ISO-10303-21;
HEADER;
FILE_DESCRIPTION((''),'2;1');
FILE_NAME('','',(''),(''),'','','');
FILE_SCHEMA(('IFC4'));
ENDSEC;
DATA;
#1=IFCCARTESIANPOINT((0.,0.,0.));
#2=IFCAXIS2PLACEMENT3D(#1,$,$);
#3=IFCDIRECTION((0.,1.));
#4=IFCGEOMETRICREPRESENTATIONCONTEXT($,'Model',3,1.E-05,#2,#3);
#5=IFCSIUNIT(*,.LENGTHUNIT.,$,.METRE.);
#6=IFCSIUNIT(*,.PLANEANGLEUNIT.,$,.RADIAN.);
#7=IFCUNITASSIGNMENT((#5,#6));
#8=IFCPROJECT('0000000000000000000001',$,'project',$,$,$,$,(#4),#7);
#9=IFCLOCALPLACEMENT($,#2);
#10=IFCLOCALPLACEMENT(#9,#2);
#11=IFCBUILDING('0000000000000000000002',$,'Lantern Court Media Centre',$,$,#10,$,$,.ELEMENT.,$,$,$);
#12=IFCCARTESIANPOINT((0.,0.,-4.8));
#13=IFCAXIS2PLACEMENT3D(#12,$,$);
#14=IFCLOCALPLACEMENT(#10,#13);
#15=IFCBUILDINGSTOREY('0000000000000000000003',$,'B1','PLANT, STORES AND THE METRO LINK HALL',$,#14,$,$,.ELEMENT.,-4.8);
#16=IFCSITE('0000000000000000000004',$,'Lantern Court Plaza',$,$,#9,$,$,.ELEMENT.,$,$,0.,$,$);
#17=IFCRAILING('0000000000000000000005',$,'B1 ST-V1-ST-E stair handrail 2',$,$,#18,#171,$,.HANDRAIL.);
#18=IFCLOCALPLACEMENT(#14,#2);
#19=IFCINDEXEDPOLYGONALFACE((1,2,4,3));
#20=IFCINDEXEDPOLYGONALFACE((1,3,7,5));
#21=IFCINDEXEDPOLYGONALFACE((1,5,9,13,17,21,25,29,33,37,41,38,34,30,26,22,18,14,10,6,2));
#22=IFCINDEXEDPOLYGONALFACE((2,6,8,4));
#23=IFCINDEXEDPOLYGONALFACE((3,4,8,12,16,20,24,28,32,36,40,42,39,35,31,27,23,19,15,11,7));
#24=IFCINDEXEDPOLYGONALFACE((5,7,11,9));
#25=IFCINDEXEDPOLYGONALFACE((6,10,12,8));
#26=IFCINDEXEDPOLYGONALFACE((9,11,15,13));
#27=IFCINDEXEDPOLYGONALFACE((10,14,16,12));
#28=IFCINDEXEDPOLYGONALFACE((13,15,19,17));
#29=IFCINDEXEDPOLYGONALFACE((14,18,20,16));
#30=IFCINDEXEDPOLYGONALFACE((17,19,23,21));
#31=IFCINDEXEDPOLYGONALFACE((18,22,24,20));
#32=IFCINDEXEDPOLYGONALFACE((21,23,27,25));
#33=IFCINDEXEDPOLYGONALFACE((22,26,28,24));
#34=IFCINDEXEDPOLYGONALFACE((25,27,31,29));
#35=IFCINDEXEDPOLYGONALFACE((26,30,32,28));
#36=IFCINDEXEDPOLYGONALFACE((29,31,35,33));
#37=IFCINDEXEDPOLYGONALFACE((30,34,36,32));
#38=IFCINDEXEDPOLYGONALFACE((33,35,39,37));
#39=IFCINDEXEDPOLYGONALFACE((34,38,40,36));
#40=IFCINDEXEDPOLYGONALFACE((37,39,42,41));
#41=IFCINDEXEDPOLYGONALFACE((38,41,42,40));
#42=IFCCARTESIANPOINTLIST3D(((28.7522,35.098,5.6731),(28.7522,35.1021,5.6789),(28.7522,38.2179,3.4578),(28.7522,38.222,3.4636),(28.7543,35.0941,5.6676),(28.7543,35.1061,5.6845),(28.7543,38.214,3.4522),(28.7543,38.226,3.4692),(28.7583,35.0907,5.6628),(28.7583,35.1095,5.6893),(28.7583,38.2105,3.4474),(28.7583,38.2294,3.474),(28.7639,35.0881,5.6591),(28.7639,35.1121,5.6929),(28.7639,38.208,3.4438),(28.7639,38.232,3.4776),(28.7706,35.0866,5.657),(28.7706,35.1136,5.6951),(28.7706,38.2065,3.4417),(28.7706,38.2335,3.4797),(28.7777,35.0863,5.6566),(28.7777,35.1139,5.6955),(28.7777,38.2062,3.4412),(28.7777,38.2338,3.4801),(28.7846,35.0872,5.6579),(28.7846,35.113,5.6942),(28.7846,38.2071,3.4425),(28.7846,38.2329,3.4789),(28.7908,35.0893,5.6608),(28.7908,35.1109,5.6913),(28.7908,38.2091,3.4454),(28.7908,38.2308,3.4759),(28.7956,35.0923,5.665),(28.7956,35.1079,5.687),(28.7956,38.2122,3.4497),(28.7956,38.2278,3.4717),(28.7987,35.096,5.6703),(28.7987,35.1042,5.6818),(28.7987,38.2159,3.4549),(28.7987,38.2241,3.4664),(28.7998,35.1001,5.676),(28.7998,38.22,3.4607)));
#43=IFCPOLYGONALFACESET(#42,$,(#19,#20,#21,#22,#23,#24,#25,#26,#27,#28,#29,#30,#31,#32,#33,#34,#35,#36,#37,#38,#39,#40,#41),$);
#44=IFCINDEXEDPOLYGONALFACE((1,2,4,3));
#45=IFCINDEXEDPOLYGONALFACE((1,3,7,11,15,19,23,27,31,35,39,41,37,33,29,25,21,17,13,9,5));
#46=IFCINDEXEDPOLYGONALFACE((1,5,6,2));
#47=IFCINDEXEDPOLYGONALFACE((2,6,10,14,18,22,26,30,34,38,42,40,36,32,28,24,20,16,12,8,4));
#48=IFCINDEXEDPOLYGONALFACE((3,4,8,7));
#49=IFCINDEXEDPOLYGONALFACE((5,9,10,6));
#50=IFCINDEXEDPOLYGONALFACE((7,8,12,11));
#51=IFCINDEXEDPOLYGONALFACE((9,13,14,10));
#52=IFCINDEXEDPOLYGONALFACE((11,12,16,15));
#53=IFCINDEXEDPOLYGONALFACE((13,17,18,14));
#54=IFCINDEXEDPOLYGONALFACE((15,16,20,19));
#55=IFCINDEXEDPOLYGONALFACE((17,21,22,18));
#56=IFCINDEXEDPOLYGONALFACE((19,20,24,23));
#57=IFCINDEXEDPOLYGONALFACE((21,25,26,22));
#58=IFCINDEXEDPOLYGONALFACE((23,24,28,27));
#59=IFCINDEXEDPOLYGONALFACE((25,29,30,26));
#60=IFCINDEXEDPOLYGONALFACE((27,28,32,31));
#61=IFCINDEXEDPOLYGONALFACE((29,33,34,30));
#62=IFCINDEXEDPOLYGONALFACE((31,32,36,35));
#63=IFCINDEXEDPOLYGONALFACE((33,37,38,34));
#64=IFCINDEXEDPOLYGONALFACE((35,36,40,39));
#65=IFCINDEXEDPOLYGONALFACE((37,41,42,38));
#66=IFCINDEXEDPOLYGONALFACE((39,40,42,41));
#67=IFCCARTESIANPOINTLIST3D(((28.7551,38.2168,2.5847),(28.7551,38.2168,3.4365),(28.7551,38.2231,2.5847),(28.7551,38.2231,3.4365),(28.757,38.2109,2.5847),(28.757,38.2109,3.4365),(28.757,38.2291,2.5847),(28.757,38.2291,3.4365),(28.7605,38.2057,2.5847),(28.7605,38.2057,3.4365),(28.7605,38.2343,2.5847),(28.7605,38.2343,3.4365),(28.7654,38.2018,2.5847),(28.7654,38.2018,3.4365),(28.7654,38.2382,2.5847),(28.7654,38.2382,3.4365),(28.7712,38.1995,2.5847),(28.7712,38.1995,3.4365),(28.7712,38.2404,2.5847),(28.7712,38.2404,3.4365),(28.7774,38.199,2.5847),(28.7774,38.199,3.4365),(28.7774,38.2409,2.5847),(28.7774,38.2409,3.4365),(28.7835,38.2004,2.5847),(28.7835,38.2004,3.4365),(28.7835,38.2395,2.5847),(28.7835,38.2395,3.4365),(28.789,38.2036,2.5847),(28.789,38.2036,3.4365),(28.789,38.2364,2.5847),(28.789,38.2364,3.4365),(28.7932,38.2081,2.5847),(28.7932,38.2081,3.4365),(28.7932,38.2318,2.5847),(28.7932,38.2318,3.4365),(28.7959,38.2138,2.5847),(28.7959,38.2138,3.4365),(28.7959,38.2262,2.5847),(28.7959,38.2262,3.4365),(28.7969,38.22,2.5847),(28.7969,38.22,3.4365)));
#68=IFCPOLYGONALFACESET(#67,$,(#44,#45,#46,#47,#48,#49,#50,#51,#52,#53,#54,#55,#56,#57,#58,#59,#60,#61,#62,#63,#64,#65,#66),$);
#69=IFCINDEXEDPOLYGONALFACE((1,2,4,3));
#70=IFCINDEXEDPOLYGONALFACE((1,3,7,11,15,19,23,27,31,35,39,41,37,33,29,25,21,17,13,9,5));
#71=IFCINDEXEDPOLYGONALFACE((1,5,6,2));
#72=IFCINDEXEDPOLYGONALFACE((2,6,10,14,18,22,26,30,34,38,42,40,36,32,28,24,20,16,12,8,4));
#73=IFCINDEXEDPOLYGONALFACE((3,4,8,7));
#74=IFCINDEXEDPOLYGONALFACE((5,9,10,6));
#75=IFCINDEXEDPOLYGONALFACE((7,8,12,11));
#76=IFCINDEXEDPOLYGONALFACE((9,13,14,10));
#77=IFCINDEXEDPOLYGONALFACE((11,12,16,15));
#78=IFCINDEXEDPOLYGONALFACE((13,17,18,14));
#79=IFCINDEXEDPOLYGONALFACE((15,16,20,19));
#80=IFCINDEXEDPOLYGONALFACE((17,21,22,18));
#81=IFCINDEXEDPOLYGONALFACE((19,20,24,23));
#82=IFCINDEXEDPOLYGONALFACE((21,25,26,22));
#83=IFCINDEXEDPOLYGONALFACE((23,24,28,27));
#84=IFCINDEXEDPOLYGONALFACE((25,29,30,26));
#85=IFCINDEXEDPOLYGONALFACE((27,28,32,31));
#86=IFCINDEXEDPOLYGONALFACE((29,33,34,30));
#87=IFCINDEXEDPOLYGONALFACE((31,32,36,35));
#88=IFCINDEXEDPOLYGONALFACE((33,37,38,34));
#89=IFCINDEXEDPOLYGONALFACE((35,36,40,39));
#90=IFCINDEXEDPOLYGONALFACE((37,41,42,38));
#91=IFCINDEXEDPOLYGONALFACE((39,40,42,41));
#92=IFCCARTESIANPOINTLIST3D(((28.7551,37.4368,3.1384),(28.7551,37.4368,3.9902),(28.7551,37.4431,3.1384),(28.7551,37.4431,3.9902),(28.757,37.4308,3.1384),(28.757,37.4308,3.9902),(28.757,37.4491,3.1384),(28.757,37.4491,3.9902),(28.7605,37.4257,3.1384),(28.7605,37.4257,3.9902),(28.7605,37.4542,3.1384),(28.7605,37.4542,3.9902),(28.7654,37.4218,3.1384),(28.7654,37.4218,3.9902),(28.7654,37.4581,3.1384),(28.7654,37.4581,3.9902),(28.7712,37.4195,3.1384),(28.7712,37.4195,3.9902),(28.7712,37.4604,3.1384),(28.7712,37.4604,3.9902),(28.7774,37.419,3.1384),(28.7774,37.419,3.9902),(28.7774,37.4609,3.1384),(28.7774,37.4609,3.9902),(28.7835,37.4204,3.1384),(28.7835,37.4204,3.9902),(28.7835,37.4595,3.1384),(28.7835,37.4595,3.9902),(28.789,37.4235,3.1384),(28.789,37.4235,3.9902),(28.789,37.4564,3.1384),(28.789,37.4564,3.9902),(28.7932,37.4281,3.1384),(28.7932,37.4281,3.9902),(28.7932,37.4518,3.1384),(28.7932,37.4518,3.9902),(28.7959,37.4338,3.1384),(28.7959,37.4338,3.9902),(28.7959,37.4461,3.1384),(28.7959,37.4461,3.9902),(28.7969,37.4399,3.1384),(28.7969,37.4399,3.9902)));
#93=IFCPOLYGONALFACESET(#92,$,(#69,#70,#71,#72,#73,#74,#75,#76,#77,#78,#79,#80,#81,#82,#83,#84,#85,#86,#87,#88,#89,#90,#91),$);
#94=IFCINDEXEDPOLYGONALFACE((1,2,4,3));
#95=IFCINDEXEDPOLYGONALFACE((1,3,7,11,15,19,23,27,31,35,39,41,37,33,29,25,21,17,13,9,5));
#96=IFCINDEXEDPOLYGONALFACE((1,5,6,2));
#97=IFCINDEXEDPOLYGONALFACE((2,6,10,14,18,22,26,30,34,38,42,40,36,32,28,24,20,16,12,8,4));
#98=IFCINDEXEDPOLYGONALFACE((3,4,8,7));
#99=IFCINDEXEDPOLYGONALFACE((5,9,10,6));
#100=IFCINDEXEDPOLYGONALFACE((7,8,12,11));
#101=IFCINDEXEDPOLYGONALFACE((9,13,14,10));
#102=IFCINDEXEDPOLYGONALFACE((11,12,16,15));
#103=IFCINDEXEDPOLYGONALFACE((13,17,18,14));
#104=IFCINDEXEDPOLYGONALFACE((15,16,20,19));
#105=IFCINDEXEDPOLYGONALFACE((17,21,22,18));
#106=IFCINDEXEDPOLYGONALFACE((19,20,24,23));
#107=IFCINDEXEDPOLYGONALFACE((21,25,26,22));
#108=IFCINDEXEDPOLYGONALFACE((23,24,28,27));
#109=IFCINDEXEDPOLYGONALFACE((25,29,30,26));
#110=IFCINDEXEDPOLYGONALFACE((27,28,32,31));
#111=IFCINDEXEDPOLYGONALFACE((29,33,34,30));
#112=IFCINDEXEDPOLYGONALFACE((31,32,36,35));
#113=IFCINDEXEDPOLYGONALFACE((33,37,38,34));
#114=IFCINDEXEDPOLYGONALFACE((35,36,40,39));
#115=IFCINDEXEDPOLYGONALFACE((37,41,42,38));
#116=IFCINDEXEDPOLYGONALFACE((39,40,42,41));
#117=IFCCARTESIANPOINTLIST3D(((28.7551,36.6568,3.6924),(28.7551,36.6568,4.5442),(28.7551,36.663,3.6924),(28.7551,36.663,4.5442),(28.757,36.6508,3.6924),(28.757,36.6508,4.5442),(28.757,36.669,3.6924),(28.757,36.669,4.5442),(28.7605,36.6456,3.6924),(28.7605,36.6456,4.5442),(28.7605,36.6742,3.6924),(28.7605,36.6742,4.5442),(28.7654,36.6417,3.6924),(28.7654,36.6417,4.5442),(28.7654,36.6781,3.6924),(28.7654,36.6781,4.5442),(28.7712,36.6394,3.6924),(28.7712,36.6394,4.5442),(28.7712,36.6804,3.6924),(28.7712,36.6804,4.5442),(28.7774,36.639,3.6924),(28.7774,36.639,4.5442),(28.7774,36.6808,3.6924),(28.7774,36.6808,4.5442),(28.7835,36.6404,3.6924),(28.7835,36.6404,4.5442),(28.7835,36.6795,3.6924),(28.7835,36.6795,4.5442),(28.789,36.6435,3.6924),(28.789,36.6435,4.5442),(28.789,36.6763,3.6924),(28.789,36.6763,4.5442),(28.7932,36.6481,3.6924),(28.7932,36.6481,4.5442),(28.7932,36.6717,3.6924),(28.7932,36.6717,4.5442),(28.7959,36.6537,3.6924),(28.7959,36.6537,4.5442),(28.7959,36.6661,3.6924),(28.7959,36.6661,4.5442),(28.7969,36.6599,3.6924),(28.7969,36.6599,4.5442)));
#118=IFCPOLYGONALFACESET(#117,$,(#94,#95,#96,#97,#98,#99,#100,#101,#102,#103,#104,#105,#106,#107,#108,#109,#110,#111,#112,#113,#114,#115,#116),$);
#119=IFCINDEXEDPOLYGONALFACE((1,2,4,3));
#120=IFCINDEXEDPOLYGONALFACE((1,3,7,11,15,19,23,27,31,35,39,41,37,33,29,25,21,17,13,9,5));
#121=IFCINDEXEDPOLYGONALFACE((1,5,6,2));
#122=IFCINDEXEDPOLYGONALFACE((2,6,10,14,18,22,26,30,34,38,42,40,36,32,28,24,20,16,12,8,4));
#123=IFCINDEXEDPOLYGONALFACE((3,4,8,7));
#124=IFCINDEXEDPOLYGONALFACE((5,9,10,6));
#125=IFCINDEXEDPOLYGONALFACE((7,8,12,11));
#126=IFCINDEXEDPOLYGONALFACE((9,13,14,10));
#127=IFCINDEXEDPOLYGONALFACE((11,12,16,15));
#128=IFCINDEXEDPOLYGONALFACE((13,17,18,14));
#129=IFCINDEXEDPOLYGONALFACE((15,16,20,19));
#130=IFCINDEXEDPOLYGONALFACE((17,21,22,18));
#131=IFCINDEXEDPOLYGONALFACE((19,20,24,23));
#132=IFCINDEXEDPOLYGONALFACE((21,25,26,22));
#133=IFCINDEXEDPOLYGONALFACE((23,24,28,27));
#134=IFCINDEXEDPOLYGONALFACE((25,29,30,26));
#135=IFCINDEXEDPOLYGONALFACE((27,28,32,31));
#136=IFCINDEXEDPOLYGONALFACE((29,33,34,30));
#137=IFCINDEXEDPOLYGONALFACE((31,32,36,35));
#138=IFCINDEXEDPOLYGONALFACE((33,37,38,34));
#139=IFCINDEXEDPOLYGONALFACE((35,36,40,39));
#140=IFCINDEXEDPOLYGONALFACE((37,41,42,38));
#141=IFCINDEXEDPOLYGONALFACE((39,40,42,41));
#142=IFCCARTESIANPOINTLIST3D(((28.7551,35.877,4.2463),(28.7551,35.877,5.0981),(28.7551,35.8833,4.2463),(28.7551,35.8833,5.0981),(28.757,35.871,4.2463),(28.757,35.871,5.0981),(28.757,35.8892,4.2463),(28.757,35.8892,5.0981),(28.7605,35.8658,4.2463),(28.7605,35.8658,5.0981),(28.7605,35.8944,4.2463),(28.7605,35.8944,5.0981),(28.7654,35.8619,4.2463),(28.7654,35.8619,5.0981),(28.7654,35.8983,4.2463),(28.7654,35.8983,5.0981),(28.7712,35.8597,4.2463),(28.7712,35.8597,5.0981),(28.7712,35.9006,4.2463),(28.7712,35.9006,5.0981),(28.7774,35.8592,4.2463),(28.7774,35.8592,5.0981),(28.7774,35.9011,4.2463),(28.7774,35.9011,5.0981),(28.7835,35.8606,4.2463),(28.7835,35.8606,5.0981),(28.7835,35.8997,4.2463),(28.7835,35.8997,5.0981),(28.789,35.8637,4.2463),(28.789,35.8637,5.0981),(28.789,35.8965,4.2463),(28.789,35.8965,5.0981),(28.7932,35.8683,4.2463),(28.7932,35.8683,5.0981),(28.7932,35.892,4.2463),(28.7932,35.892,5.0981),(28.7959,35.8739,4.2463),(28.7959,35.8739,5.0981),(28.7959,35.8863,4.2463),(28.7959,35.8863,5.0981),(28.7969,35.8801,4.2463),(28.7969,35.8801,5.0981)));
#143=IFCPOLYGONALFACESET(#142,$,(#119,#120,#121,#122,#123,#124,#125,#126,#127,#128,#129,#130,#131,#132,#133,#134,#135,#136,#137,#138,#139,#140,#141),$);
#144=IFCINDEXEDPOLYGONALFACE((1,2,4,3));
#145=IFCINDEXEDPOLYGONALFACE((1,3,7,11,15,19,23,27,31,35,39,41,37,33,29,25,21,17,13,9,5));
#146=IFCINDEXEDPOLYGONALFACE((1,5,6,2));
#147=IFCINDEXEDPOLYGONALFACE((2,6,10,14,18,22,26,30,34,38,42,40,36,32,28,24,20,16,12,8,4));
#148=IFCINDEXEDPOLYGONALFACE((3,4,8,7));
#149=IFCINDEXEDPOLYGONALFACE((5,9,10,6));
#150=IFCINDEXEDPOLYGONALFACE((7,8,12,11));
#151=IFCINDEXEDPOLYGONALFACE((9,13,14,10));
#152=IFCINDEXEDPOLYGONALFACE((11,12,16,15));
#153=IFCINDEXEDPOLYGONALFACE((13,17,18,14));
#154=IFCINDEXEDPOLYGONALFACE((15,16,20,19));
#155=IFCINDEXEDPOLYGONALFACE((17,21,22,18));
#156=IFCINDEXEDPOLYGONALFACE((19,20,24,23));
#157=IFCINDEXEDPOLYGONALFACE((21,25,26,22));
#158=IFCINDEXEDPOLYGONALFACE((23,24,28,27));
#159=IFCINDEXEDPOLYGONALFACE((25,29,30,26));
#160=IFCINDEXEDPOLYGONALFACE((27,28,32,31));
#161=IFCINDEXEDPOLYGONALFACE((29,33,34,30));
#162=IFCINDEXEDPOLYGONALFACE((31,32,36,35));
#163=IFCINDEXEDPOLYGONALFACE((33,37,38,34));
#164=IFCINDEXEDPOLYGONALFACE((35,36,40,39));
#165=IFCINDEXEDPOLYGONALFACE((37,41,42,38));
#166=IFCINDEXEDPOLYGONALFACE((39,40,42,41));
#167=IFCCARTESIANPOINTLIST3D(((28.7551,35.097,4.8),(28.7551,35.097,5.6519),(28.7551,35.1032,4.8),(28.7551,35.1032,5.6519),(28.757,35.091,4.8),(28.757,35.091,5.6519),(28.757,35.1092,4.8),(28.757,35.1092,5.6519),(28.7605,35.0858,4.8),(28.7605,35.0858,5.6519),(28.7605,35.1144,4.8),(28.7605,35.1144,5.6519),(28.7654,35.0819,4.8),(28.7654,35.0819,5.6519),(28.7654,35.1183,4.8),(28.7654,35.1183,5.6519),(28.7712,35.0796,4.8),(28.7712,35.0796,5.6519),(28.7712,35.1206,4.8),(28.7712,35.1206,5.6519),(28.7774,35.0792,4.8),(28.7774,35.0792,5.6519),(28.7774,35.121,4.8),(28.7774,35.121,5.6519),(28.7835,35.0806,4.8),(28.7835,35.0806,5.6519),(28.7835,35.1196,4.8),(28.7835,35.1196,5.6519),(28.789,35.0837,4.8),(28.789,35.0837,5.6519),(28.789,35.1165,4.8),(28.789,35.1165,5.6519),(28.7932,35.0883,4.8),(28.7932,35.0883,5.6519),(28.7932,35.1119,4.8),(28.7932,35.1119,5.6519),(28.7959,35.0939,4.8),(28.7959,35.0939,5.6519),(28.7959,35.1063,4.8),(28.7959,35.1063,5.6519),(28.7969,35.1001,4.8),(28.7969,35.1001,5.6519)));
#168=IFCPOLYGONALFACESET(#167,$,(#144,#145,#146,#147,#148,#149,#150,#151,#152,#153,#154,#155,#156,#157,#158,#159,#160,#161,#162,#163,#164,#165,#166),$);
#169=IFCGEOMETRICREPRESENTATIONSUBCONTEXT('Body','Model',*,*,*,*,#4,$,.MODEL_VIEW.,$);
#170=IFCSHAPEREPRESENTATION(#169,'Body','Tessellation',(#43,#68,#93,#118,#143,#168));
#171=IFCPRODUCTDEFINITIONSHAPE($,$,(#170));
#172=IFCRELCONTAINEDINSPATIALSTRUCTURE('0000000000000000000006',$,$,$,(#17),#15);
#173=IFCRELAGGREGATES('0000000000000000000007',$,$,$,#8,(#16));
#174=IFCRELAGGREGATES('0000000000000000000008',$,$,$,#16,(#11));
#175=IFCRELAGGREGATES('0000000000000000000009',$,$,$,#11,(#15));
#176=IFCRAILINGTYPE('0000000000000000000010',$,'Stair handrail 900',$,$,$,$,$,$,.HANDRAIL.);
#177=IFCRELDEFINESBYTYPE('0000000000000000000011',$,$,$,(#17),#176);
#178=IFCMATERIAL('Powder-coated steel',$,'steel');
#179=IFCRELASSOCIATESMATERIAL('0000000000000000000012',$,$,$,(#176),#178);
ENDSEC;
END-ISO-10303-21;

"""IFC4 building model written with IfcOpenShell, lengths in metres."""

from ifc_helpers import new_model, si_unit, direction, frame, origin, origin_2d, place, context, subcontext, project, spatial, circle, extrude, material, type_object, element, save


model = new_model("IFC4")

# Units and contexts
model_context = context("Model", 3, precision=1e-05, world=origin(), true_north=direction((0.0, 1.0)))
body_context = subcontext(model_context, "Body", "Model", "MODEL_VIEW")
ifc_project = project(units=[si_unit("LENGTHUNIT", "METRE"), si_unit("PLANEANGLEUNIT", "RADIAN")], contexts=[model_context])

# Site, building, storey
site_placement = place(None, origin())
site = spatial("IfcSite", under=ifc_project, at=site_placement, Name="Lantern Court Plaza", CompositionType="ELEMENT", RefElevation=0.0)
building_placement = place(site_placement, origin())
building = spatial("IfcBuilding", under=site, at=building_placement, Name="Lantern Court Media Centre", CompositionType="ELEMENT")
storey_placement = place(building_placement, frame((0.0, 0.0, -4.8)))
storey = spatial("IfcBuildingStorey", under=building, at=storey_placement, Name="B1", Description="PLANT, STORES AND THE METRO LINK HALL", CompositionType="ELEMENT", Elevation=-4.8)

# Railing
ifc_material_1 = material(Name="Powder-coated steel", Category="steel")
railing_type_1 = type_object("IfcRailingType", Name="Stair handrail 900", PredefinedType="HANDRAIL", material=ifc_material_1)
railing_1_placement = place(storey_placement, frame((28.7759, 38.22, 2.5847)))
element("IfcRailing", 1, at=railing_1_placement, inside=storey, type_object=railing_type_1, Name="B1 ST-V1-ST-E stair handrail 2", PredefinedType="HANDRAIL", context=body_context, shape_type="SweptSolid", body=[
    extrude(circle(Radius=0.0239, at=origin_2d()), frame((0.0, 0.0, 0.876), z_axis=(0.0, -0.815356, 0.578961), x_axis=(1.0, 0.0, 0.0)), (0.0, 0.0, 1.0), 3.8264),
    extrude(circle(Radius=0.021, at=origin_2d()), origin(), (0.0, 0.0, 1.0), 0.8518),
    extrude(circle(Radius=0.021, at=origin_2d()), frame((0.0, -0.78, 0.5537)), (0.0, 0.0, 1.0), 0.8518),
    extrude(circle(Radius=0.021, at=origin_2d()), frame((0.0, -1.5601, 1.1077)), (0.0, 0.0, 1.0), 0.8518),
    extrude(circle(Radius=0.021, at=origin_2d()), frame((0.0, -2.3398, 1.6616)), (0.0, 0.0, 1.0), 0.8518),
    extrude(circle(Radius=0.021, at=origin_2d()), frame((0.0, -3.1199, 2.2153)), (0.0, 0.0, 1.0), 0.8518),
])

save(model, "model.ifc")
